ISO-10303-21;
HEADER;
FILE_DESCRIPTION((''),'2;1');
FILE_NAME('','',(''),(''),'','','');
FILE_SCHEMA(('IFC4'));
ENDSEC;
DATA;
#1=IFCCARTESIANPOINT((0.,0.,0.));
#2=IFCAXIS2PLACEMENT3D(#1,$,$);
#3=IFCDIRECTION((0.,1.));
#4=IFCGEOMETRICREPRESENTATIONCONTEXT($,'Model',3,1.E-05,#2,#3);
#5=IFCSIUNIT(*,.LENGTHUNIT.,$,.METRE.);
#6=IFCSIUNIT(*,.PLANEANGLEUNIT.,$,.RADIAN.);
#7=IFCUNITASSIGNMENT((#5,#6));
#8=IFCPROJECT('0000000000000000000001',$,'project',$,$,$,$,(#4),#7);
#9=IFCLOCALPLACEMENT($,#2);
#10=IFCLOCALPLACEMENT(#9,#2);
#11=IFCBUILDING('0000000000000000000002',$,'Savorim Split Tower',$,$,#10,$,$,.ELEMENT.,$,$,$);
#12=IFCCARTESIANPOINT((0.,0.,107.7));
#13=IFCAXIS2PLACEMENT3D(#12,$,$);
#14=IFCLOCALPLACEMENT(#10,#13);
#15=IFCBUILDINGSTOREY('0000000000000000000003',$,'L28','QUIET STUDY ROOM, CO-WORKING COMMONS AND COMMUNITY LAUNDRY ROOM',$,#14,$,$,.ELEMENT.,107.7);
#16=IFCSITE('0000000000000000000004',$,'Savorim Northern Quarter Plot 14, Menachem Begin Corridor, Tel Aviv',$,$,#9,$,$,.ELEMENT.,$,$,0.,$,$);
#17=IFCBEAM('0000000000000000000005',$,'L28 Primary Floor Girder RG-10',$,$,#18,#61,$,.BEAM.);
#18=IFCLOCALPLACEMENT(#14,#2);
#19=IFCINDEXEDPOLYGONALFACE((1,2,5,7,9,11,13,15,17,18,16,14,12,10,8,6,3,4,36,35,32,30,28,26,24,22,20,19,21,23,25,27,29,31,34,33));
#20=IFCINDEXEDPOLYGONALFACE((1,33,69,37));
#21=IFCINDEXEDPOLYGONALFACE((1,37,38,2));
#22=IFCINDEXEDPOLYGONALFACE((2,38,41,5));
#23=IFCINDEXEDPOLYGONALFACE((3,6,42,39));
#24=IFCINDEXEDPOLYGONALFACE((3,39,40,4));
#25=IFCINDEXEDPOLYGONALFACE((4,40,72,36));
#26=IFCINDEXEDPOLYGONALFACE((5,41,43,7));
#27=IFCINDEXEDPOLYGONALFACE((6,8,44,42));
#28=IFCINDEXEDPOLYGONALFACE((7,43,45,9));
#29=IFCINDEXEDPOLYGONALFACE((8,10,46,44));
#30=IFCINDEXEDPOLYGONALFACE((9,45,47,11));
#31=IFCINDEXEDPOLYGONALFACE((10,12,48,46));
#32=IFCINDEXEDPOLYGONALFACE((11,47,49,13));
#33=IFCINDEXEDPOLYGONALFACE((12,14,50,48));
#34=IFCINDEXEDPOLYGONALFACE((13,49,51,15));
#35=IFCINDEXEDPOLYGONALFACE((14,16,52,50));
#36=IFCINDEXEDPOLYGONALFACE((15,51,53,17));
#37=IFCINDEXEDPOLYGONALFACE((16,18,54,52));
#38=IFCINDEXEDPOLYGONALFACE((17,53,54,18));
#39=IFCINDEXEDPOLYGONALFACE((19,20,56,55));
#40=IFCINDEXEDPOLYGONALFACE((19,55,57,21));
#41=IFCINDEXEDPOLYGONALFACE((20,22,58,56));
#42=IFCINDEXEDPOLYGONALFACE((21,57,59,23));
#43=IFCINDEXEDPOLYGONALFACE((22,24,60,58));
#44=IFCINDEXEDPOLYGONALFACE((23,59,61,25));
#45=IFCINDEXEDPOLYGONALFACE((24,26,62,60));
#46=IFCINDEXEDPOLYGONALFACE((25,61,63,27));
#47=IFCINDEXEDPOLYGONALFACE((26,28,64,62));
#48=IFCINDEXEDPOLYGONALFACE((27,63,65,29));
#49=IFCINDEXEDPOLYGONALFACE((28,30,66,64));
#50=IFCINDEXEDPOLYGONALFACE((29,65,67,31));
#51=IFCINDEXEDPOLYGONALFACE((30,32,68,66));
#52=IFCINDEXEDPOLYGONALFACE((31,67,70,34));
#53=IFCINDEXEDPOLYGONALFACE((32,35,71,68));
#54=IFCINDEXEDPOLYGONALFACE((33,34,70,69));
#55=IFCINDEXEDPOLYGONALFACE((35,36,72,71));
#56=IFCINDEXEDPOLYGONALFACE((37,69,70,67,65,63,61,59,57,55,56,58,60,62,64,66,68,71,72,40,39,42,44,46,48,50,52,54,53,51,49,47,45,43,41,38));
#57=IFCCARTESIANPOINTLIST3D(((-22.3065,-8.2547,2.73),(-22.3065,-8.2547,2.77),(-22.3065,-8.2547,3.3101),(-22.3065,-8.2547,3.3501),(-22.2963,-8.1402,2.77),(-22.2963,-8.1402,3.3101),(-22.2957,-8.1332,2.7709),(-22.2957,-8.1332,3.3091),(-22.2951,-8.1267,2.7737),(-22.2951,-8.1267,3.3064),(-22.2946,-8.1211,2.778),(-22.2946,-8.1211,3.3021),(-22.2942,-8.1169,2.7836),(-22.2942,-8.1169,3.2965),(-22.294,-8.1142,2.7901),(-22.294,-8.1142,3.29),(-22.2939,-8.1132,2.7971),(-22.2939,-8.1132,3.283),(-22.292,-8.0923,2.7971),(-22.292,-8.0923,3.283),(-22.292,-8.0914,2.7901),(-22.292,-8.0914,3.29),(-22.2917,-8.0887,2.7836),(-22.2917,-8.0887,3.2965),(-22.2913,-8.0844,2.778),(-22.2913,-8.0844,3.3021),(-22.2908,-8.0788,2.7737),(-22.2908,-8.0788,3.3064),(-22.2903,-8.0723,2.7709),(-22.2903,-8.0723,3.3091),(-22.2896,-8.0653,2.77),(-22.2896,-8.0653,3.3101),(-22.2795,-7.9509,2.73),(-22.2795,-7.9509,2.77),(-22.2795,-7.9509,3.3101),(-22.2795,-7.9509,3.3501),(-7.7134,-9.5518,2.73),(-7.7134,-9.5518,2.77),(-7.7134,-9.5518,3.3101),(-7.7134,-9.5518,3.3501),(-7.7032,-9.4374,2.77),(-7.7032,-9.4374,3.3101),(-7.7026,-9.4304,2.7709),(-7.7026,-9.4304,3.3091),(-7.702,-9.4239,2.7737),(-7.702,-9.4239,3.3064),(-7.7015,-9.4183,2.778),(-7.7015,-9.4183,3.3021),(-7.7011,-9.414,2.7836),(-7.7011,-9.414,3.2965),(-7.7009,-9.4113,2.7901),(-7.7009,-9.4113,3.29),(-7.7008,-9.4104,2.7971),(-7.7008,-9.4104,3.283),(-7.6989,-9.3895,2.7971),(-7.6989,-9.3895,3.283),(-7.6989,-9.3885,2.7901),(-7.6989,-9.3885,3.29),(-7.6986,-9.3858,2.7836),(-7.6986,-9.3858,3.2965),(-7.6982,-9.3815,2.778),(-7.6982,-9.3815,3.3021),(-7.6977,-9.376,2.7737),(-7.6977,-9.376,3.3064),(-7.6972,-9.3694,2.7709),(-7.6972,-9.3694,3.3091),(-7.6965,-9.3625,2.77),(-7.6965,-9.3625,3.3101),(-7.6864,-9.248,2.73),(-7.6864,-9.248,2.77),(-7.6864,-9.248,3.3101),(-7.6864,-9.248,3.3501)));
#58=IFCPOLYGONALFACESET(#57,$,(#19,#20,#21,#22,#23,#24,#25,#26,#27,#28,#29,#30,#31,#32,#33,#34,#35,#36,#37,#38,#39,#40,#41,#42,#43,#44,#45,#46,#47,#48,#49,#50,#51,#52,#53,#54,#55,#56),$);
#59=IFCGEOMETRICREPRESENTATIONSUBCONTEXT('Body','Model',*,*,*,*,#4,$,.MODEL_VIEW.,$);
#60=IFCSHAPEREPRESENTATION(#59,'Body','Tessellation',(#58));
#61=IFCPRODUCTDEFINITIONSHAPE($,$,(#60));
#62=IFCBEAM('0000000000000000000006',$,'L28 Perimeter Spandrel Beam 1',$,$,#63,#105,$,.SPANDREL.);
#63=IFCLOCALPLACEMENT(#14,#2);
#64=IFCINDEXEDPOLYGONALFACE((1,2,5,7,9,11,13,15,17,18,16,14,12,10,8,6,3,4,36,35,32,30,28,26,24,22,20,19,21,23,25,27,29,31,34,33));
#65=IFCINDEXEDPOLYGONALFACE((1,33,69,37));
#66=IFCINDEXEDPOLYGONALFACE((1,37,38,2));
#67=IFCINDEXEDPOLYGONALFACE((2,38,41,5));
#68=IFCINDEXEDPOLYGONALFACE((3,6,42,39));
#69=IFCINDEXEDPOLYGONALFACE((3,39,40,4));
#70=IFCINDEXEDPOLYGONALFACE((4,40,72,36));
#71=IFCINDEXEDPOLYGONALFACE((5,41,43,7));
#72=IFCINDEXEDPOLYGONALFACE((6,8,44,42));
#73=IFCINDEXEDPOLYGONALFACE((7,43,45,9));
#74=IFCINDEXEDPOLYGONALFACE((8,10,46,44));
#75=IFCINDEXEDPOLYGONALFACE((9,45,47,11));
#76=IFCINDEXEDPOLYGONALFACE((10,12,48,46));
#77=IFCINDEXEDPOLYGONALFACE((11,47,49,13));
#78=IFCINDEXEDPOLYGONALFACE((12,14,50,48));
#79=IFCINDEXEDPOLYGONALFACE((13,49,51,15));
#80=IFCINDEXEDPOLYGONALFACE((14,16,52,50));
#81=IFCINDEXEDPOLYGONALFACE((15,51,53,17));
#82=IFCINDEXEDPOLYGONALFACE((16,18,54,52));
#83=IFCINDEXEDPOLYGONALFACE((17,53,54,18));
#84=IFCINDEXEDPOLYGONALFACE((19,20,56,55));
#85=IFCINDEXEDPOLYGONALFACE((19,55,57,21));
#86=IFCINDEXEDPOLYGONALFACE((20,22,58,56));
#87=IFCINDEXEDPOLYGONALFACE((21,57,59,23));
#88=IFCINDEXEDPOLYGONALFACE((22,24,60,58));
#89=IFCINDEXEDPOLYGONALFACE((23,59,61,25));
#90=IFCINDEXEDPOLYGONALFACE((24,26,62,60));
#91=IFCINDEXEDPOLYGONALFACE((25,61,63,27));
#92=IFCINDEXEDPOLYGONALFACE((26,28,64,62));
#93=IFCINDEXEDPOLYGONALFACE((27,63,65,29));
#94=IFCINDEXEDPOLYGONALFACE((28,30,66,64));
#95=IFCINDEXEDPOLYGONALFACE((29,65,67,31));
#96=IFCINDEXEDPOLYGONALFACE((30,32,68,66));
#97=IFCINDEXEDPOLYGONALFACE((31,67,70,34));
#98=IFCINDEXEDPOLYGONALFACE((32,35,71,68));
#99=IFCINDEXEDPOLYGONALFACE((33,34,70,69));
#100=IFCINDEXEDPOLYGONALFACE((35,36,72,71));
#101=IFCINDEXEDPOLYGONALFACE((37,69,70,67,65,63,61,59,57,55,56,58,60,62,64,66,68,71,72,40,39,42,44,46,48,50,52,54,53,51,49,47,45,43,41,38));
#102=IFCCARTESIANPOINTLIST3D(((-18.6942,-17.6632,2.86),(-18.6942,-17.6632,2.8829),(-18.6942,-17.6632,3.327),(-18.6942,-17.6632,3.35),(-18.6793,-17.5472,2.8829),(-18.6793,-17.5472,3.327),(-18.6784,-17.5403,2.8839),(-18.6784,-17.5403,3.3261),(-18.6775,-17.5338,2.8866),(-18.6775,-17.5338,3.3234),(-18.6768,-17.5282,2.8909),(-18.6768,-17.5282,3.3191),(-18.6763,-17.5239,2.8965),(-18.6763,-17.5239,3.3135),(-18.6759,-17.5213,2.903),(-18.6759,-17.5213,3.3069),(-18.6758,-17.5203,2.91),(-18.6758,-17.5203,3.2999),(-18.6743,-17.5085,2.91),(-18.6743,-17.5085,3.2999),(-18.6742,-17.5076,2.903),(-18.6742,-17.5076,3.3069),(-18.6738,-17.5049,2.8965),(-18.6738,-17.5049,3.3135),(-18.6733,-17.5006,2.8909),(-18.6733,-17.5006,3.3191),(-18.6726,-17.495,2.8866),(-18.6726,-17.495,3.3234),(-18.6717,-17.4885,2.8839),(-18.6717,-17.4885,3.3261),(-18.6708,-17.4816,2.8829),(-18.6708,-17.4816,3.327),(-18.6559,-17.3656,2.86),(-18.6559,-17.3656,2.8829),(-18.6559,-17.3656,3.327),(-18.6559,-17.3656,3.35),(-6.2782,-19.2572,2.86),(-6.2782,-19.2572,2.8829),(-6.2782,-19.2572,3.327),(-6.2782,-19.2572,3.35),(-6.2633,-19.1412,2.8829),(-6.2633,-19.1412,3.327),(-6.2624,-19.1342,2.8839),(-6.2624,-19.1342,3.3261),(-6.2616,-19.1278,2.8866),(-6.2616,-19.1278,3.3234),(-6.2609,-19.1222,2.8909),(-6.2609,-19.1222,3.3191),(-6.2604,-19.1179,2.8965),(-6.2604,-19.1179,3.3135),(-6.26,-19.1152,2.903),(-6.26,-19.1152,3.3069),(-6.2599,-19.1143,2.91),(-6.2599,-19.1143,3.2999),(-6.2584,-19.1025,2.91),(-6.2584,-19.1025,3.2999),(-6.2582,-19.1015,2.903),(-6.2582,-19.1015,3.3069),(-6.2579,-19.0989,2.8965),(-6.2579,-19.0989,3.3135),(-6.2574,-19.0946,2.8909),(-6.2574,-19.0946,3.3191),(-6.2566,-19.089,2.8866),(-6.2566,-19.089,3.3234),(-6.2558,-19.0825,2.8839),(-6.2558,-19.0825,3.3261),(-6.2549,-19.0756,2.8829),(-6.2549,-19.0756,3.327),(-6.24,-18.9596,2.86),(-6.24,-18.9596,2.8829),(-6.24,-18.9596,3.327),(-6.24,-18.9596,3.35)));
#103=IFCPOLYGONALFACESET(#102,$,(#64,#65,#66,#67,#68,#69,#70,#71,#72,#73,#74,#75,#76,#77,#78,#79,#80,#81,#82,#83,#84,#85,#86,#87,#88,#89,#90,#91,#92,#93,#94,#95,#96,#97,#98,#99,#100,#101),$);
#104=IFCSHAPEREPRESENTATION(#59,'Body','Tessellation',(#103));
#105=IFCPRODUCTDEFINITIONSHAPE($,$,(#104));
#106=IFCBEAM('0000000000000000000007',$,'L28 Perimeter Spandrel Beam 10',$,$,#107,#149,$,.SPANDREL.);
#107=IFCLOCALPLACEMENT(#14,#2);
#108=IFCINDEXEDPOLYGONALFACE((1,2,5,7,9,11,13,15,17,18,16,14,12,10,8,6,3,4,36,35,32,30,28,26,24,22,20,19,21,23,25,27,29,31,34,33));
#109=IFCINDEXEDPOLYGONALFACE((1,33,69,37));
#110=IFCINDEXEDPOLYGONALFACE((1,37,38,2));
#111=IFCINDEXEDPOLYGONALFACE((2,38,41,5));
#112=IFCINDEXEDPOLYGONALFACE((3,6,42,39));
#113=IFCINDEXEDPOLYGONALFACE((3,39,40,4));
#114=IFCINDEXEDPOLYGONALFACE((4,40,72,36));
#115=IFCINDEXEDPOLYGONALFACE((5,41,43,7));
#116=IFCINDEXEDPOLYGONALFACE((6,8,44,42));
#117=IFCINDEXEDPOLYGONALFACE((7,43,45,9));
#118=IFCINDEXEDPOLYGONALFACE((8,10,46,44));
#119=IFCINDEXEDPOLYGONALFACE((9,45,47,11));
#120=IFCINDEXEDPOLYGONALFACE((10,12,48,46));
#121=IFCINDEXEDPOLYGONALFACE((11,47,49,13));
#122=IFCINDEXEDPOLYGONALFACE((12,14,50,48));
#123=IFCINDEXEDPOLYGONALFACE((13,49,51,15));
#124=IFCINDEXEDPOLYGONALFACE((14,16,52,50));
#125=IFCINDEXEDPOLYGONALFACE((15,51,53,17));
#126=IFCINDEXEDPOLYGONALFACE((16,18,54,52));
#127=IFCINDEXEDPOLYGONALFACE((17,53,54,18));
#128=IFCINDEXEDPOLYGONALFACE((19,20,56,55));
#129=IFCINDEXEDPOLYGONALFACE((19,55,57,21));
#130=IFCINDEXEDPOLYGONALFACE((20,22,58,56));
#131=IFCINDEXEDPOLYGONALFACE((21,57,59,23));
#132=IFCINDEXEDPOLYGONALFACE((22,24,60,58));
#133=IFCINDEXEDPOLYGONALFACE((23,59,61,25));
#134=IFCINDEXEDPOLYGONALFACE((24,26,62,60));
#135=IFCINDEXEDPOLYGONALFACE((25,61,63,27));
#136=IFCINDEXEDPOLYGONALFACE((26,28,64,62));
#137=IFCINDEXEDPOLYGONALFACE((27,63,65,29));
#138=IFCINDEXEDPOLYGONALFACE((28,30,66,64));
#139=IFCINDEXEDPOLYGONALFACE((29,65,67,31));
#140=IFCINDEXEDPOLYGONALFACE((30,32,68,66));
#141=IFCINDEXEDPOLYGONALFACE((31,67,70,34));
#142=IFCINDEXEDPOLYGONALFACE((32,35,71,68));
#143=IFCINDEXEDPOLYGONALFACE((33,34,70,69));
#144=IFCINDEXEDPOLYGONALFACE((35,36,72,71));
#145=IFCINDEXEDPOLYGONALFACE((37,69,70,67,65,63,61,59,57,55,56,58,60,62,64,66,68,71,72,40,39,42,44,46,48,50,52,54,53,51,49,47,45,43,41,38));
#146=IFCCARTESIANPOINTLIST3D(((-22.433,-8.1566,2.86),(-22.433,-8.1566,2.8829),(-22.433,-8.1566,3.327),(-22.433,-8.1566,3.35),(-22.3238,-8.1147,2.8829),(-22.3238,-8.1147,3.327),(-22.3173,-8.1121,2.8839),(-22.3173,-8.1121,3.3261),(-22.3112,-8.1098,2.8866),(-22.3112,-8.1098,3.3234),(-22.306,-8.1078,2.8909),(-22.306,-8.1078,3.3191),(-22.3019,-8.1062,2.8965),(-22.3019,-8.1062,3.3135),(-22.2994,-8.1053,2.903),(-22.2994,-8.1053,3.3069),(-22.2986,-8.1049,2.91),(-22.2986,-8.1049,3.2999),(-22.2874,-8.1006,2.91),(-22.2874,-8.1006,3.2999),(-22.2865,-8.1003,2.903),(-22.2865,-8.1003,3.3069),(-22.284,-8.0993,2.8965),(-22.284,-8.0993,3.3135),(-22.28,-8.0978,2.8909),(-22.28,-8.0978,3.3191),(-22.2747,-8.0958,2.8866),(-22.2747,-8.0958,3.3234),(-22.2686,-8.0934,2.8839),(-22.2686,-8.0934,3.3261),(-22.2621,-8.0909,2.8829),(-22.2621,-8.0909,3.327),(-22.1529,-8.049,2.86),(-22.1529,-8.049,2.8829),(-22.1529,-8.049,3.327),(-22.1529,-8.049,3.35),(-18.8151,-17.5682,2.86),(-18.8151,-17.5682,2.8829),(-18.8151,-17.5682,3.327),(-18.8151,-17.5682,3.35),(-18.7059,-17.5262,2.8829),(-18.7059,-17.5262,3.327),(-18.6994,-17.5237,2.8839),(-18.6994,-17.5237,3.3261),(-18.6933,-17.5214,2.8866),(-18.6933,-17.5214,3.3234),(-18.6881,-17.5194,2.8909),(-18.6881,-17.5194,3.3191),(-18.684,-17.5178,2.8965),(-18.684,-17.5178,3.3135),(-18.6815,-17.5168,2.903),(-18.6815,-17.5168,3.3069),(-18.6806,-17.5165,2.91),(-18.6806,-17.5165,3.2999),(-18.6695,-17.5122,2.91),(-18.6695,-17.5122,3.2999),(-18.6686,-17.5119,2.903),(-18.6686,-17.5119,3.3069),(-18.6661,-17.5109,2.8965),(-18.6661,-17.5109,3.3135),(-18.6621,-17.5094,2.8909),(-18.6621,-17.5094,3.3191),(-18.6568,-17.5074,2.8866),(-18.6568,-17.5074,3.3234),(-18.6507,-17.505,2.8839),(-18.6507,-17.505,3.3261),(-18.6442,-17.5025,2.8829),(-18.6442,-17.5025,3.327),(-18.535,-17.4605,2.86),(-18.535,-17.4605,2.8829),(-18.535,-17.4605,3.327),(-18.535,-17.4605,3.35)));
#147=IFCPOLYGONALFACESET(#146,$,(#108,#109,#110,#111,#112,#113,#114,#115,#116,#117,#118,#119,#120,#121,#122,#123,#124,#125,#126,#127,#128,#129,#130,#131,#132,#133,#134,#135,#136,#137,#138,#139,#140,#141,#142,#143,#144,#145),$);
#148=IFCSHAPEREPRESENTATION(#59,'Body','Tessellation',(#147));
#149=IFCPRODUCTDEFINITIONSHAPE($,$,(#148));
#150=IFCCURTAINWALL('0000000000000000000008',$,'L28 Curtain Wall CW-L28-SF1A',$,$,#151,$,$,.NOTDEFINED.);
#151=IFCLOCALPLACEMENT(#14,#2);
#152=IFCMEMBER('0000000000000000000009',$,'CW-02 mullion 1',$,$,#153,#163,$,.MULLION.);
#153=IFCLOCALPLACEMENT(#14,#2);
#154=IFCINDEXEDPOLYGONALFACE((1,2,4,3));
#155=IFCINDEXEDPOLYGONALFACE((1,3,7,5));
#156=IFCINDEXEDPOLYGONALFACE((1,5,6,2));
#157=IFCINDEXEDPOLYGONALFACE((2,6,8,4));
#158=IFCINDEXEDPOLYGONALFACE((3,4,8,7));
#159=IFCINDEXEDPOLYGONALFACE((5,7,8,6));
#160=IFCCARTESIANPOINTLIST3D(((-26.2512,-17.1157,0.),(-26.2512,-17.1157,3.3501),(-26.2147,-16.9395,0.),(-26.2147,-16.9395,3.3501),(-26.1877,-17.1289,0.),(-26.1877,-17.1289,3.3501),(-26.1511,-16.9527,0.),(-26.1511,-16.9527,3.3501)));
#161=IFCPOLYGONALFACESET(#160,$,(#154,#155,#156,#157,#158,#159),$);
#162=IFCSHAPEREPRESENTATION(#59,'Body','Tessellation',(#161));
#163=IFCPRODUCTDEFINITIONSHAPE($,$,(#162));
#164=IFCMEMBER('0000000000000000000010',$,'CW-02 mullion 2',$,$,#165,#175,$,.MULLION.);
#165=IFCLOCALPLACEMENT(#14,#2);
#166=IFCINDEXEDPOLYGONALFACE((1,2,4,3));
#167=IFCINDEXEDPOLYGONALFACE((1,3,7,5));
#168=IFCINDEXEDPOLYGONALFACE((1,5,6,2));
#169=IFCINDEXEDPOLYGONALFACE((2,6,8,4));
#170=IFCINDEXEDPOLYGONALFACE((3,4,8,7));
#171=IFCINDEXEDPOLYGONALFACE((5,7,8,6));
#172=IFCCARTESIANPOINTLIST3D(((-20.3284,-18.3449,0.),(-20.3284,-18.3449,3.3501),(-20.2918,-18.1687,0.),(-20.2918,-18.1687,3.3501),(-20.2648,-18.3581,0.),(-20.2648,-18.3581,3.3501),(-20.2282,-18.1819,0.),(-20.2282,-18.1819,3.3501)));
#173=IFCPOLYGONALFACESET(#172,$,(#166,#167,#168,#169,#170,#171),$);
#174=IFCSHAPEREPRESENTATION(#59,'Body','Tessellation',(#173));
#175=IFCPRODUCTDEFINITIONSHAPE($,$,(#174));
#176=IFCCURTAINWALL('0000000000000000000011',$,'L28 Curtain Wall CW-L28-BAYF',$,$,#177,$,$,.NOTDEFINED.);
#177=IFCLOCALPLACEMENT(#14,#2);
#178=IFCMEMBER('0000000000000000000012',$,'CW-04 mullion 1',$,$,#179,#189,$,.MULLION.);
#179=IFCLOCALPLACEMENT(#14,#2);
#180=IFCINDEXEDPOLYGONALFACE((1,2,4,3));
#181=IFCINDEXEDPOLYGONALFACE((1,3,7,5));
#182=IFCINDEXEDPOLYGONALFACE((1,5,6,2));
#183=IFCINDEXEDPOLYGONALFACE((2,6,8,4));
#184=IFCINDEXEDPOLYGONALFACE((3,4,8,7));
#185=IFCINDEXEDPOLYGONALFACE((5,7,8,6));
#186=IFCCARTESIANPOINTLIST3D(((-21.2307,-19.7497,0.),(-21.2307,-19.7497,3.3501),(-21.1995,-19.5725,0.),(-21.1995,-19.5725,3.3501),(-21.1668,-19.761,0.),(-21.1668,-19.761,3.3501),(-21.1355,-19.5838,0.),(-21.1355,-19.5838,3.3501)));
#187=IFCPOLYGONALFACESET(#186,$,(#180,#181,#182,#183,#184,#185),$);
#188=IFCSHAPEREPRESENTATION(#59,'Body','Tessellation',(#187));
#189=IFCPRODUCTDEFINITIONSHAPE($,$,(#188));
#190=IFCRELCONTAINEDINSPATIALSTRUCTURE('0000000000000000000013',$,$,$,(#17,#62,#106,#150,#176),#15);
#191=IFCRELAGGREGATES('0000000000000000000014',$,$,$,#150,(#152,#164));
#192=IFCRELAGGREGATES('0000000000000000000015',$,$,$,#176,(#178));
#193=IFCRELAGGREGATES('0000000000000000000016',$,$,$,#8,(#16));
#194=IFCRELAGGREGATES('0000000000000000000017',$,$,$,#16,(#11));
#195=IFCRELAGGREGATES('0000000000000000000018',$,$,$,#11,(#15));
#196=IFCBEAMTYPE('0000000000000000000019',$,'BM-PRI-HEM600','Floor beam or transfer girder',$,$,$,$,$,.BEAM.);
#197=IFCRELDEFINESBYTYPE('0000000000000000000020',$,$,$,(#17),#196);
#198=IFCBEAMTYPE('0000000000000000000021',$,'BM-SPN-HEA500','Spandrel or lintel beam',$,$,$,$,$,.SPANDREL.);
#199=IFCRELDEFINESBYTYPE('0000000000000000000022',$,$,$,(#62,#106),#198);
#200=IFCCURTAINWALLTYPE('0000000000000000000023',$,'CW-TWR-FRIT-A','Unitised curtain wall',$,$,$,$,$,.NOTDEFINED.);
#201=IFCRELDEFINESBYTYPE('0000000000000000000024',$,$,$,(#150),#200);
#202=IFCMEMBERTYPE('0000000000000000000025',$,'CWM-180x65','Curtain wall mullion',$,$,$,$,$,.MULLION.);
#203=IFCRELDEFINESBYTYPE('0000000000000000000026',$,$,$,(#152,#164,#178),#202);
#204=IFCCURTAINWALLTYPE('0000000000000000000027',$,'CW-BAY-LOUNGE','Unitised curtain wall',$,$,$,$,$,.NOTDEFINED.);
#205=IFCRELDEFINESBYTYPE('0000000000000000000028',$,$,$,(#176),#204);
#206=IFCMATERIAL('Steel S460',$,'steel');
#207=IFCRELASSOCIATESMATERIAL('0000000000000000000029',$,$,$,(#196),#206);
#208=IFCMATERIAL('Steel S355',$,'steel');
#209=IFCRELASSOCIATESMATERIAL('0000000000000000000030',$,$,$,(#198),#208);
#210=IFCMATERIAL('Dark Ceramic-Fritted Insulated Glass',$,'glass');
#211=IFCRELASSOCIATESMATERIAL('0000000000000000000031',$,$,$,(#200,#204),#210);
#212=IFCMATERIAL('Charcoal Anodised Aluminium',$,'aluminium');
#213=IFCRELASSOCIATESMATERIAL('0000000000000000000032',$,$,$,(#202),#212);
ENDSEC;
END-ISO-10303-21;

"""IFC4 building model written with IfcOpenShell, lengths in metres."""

from ifc_helpers import new_model, si_unit, direction, frame, origin, origin_2d, place, context, subcontext, project, spatial, rectangle, i_section, extrude, material, material_profile, profile_set, type_object, element, aggregate, save


model = new_model("IFC4")

# Units and contexts
model_context = context("Model", 3, precision=1e-05, world=origin(), true_north=direction((0.0, 1.0)))
body_context = subcontext(model_context, "Body", "Model", "MODEL_VIEW")
ifc_project = project(units=[si_unit("LENGTHUNIT", "METRE"), si_unit("PLANEANGLEUNIT", "RADIAN")], contexts=[model_context])

# Site, building, storey
site_placement = place(None, origin())
site = spatial("IfcSite", under=ifc_project, at=site_placement, Name="Savorim Northern Quarter Plot 14, Menachem Begin Corridor, Tel Aviv", CompositionType="ELEMENT", RefElevation=0.0)
building_placement = place(site_placement, origin())
building = spatial("IfcBuilding", under=site, at=building_placement, Name="Savorim Split Tower", CompositionType="ELEMENT")
storey_placement = place(building_placement, frame((0.0, 0.0, 107.7)))
storey = spatial("IfcBuildingStorey", under=building, at=storey_placement, Name="L28", Description="QUIET STUDY ROOM, CO-WORKING COMMONS AND COMMUNITY LAUNDRY ROOM", CompositionType="ELEMENT", Elevation=107.7)

# Shared definitions
ifc_material_1 = material(Name="Steel S460", Category="steel")

# Beams
ifc_material_2 = material(Name="Steel S355", Category="steel")
ifc_material_profile_1 = material_profile(ifc_material_1, i_section(OverallWidth=0.3049, OverallDepth=0.6201, WebThickness=0.021, FlangeThickness=0.04, FilletRadius=0.0271, at=origin_2d()), Name="HE 600 M")
ifc_profile_set_1 = profile_set([ifc_material_profile_1], Name="Steel S460")
beam_type_1 = type_object("IfcBeamType", Name="BM-PRI-HEM600", Description="Floor beam or transfer girder", PredefinedType="BEAM", material=ifc_profile_set_1)
beam_1_placement = place(storey_placement, frame((-22.293, -8.1028, 3.04), z_axis=(0.996073, -0.088537, 0.0), x_axis=(0.088537, 0.996073, 0.0)))
element("IfcBeam", 1, at=beam_1_placement, inside=storey, type_object=beam_type_1, Name="L28 Primary Floor Girder RG-10", PredefinedType="BEAM", context=body_context, shape_type="SweptSolid", body=[
    extrude(i_section(OverallWidth=0.3049, OverallDepth=0.6201, WebThickness=0.021, FlangeThickness=0.04, FilletRadius=0.0271, at=origin_2d()), origin(), (0.0, 0.0, 1.0), 14.6506),
])
ifc_material_profile_2 = material_profile(ifc_material_2, i_section(OverallWidth=0.3, OverallDepth=0.49, WebThickness=0.012, FlangeThickness=0.0229, FilletRadius=0.0271, at=origin_2d()), Name="HEA 500")
ifc_profile_set_2 = profile_set([ifc_material_profile_2], Name="Steel S355")
beam_type_2 = type_object("IfcBeamType", Name="BM-SPN-HEA500", Description="Spandrel or lintel beam", PredefinedType="SPANDREL", material=ifc_profile_set_2)
beam_2_placement = place(storey_placement, frame((-18.675, -17.5144, 3.105), z_axis=(0.99186, -0.127337, 0.0), x_axis=(0.127337, 0.99186, 0.0)))
element("IfcBeam", 2, at=beam_2_placement, inside=storey, type_object=beam_type_2, Name="L28 Perimeter Spandrel Beam 1", PredefinedType="SPANDREL", context=body_context, shape_type="SweptSolid", body=[
    extrude(i_section(OverallWidth=0.3, OverallDepth=0.49, WebThickness=0.012, FlangeThickness=0.0229, FilletRadius=0.0271, at=origin_2d()), origin(), (0.0, 0.0, 1.0), 12.5178),
])
beam_3_placement = place(storey_placement, frame((-22.293, -8.1028, 3.105), z_axis=(0.358812, -0.93341, 0.0), x_axis=(0.93341, 0.358812, 0.0)))
element("IfcBeam", 3, at=beam_3_placement, inside=storey, type_object=beam_type_2, Name="L28 Perimeter Spandrel Beam 10", PredefinedType="SPANDREL", context=body_context, shape_type="SweptSolid", body=[
    extrude(i_section(OverallWidth=0.3, OverallDepth=0.49, WebThickness=0.012, FlangeThickness=0.0229, FilletRadius=0.0271, at=origin_2d()), origin(), (0.0, 0.0, 1.0), 10.083),
])

# Curtain walls, members
ifc_material_3 = material(Name="Dark Ceramic-Fritted Insulated Glass", Category="glass")
curtain_wall_type_1 = type_object("IfcCurtainWallType", Name="CW-TWR-FRIT-A", Description="Unitised curtain wall", PredefinedType="NOTDEFINED", material=ifc_material_3)
curtain_wall_1_placement = place(storey_placement, origin())
curtain_wall_1 = element("IfcCurtainWall", 4, at=curtain_wall_1_placement, inside=storey, type_object=curtain_wall_type_1, Name="L28 Curtain Wall CW-L28-SF1A", PredefinedType="NOTDEFINED")
ifc_material_4 = material(Name="Charcoal Anodised Aluminium", Category="aluminium")
ifc_material_profile_3 = material_profile(ifc_material_4, rectangle(XDim=0.1799, YDim=0.0649, at=origin_2d()), Name="ALU-M 180x65")
ifc_profile_set_3 = profile_set([ifc_material_profile_3], Name="Charcoal Anodised Aluminium")
member_type_1 = type_object("IfcMemberType", Name="CWM-180x65", Description="Curtain wall mullion", PredefinedType="MULLION", material=ifc_profile_set_3)
member_1_placement = place(storey_placement, frame((-26.2012, -17.0342, 0.0), z_axis=(0.0, 0.0, 1.0), x_axis=(0.20321, 0.979135, 0.0)))
member_1 = element("IfcMember", 5, at=member_1_placement, type_object=member_type_1, Name="CW-02 mullion 1", PredefinedType="MULLION", context=body_context, shape_type="SweptSolid", body=[
    extrude(rectangle(XDim=0.1799, YDim=0.0649, at=origin_2d()), origin(), (0.0, 0.0, 1.0), 3.3501),
])
member_2_placement = place(storey_placement, frame((-20.2783, -18.2634, 0.0), z_axis=(0.0, 0.0, 1.0), x_axis=(0.20321, 0.979135, 0.0)))
member_2 = element("IfcMember", 6, at=member_2_placement, type_object=member_type_1, Name="CW-02 mullion 2", PredefinedType="MULLION", context=body_context, shape_type="SweptSolid", body=[
    extrude(rectangle(XDim=0.1799, YDim=0.0649, at=origin_2d()), origin(), (0.0, 0.0, 1.0), 3.3501),
])
curtain_wall_type_2 = type_object("IfcCurtainWallType", Name="CW-BAY-LOUNGE", Description="Unitised curtain wall", PredefinedType="NOTDEFINED", material=ifc_material_3)
curtain_wall_2_placement = place(storey_placement, origin())
curtain_wall_2 = element("IfcCurtainWall", 7, at=curtain_wall_2_placement, inside=storey, type_object=curtain_wall_type_2, Name="L28 Curtain Wall CW-L28-BAYF", PredefinedType="NOTDEFINED")
member_3_placement = place(storey_placement, frame((-21.1831, -19.6667, 0.0), z_axis=(0.0, 0.0, 1.0), x_axis=(0.173703, 0.984798, 0.0)))
member_3 = element("IfcMember", 8, at=member_3_placement, type_object=member_type_1, Name="CW-04 mullion 1", PredefinedType="MULLION", context=body_context, shape_type="SweptSolid", body=[
    extrude(rectangle(XDim=0.1799, YDim=0.0649, at=origin_2d()), origin(), (0.0, 0.0, 1.0), 3.3501),
])

aggregate(curtain_wall_1, [member_1, member_2])
aggregate(curtain_wall_2, [member_3])

save(model, "model.ifc")
